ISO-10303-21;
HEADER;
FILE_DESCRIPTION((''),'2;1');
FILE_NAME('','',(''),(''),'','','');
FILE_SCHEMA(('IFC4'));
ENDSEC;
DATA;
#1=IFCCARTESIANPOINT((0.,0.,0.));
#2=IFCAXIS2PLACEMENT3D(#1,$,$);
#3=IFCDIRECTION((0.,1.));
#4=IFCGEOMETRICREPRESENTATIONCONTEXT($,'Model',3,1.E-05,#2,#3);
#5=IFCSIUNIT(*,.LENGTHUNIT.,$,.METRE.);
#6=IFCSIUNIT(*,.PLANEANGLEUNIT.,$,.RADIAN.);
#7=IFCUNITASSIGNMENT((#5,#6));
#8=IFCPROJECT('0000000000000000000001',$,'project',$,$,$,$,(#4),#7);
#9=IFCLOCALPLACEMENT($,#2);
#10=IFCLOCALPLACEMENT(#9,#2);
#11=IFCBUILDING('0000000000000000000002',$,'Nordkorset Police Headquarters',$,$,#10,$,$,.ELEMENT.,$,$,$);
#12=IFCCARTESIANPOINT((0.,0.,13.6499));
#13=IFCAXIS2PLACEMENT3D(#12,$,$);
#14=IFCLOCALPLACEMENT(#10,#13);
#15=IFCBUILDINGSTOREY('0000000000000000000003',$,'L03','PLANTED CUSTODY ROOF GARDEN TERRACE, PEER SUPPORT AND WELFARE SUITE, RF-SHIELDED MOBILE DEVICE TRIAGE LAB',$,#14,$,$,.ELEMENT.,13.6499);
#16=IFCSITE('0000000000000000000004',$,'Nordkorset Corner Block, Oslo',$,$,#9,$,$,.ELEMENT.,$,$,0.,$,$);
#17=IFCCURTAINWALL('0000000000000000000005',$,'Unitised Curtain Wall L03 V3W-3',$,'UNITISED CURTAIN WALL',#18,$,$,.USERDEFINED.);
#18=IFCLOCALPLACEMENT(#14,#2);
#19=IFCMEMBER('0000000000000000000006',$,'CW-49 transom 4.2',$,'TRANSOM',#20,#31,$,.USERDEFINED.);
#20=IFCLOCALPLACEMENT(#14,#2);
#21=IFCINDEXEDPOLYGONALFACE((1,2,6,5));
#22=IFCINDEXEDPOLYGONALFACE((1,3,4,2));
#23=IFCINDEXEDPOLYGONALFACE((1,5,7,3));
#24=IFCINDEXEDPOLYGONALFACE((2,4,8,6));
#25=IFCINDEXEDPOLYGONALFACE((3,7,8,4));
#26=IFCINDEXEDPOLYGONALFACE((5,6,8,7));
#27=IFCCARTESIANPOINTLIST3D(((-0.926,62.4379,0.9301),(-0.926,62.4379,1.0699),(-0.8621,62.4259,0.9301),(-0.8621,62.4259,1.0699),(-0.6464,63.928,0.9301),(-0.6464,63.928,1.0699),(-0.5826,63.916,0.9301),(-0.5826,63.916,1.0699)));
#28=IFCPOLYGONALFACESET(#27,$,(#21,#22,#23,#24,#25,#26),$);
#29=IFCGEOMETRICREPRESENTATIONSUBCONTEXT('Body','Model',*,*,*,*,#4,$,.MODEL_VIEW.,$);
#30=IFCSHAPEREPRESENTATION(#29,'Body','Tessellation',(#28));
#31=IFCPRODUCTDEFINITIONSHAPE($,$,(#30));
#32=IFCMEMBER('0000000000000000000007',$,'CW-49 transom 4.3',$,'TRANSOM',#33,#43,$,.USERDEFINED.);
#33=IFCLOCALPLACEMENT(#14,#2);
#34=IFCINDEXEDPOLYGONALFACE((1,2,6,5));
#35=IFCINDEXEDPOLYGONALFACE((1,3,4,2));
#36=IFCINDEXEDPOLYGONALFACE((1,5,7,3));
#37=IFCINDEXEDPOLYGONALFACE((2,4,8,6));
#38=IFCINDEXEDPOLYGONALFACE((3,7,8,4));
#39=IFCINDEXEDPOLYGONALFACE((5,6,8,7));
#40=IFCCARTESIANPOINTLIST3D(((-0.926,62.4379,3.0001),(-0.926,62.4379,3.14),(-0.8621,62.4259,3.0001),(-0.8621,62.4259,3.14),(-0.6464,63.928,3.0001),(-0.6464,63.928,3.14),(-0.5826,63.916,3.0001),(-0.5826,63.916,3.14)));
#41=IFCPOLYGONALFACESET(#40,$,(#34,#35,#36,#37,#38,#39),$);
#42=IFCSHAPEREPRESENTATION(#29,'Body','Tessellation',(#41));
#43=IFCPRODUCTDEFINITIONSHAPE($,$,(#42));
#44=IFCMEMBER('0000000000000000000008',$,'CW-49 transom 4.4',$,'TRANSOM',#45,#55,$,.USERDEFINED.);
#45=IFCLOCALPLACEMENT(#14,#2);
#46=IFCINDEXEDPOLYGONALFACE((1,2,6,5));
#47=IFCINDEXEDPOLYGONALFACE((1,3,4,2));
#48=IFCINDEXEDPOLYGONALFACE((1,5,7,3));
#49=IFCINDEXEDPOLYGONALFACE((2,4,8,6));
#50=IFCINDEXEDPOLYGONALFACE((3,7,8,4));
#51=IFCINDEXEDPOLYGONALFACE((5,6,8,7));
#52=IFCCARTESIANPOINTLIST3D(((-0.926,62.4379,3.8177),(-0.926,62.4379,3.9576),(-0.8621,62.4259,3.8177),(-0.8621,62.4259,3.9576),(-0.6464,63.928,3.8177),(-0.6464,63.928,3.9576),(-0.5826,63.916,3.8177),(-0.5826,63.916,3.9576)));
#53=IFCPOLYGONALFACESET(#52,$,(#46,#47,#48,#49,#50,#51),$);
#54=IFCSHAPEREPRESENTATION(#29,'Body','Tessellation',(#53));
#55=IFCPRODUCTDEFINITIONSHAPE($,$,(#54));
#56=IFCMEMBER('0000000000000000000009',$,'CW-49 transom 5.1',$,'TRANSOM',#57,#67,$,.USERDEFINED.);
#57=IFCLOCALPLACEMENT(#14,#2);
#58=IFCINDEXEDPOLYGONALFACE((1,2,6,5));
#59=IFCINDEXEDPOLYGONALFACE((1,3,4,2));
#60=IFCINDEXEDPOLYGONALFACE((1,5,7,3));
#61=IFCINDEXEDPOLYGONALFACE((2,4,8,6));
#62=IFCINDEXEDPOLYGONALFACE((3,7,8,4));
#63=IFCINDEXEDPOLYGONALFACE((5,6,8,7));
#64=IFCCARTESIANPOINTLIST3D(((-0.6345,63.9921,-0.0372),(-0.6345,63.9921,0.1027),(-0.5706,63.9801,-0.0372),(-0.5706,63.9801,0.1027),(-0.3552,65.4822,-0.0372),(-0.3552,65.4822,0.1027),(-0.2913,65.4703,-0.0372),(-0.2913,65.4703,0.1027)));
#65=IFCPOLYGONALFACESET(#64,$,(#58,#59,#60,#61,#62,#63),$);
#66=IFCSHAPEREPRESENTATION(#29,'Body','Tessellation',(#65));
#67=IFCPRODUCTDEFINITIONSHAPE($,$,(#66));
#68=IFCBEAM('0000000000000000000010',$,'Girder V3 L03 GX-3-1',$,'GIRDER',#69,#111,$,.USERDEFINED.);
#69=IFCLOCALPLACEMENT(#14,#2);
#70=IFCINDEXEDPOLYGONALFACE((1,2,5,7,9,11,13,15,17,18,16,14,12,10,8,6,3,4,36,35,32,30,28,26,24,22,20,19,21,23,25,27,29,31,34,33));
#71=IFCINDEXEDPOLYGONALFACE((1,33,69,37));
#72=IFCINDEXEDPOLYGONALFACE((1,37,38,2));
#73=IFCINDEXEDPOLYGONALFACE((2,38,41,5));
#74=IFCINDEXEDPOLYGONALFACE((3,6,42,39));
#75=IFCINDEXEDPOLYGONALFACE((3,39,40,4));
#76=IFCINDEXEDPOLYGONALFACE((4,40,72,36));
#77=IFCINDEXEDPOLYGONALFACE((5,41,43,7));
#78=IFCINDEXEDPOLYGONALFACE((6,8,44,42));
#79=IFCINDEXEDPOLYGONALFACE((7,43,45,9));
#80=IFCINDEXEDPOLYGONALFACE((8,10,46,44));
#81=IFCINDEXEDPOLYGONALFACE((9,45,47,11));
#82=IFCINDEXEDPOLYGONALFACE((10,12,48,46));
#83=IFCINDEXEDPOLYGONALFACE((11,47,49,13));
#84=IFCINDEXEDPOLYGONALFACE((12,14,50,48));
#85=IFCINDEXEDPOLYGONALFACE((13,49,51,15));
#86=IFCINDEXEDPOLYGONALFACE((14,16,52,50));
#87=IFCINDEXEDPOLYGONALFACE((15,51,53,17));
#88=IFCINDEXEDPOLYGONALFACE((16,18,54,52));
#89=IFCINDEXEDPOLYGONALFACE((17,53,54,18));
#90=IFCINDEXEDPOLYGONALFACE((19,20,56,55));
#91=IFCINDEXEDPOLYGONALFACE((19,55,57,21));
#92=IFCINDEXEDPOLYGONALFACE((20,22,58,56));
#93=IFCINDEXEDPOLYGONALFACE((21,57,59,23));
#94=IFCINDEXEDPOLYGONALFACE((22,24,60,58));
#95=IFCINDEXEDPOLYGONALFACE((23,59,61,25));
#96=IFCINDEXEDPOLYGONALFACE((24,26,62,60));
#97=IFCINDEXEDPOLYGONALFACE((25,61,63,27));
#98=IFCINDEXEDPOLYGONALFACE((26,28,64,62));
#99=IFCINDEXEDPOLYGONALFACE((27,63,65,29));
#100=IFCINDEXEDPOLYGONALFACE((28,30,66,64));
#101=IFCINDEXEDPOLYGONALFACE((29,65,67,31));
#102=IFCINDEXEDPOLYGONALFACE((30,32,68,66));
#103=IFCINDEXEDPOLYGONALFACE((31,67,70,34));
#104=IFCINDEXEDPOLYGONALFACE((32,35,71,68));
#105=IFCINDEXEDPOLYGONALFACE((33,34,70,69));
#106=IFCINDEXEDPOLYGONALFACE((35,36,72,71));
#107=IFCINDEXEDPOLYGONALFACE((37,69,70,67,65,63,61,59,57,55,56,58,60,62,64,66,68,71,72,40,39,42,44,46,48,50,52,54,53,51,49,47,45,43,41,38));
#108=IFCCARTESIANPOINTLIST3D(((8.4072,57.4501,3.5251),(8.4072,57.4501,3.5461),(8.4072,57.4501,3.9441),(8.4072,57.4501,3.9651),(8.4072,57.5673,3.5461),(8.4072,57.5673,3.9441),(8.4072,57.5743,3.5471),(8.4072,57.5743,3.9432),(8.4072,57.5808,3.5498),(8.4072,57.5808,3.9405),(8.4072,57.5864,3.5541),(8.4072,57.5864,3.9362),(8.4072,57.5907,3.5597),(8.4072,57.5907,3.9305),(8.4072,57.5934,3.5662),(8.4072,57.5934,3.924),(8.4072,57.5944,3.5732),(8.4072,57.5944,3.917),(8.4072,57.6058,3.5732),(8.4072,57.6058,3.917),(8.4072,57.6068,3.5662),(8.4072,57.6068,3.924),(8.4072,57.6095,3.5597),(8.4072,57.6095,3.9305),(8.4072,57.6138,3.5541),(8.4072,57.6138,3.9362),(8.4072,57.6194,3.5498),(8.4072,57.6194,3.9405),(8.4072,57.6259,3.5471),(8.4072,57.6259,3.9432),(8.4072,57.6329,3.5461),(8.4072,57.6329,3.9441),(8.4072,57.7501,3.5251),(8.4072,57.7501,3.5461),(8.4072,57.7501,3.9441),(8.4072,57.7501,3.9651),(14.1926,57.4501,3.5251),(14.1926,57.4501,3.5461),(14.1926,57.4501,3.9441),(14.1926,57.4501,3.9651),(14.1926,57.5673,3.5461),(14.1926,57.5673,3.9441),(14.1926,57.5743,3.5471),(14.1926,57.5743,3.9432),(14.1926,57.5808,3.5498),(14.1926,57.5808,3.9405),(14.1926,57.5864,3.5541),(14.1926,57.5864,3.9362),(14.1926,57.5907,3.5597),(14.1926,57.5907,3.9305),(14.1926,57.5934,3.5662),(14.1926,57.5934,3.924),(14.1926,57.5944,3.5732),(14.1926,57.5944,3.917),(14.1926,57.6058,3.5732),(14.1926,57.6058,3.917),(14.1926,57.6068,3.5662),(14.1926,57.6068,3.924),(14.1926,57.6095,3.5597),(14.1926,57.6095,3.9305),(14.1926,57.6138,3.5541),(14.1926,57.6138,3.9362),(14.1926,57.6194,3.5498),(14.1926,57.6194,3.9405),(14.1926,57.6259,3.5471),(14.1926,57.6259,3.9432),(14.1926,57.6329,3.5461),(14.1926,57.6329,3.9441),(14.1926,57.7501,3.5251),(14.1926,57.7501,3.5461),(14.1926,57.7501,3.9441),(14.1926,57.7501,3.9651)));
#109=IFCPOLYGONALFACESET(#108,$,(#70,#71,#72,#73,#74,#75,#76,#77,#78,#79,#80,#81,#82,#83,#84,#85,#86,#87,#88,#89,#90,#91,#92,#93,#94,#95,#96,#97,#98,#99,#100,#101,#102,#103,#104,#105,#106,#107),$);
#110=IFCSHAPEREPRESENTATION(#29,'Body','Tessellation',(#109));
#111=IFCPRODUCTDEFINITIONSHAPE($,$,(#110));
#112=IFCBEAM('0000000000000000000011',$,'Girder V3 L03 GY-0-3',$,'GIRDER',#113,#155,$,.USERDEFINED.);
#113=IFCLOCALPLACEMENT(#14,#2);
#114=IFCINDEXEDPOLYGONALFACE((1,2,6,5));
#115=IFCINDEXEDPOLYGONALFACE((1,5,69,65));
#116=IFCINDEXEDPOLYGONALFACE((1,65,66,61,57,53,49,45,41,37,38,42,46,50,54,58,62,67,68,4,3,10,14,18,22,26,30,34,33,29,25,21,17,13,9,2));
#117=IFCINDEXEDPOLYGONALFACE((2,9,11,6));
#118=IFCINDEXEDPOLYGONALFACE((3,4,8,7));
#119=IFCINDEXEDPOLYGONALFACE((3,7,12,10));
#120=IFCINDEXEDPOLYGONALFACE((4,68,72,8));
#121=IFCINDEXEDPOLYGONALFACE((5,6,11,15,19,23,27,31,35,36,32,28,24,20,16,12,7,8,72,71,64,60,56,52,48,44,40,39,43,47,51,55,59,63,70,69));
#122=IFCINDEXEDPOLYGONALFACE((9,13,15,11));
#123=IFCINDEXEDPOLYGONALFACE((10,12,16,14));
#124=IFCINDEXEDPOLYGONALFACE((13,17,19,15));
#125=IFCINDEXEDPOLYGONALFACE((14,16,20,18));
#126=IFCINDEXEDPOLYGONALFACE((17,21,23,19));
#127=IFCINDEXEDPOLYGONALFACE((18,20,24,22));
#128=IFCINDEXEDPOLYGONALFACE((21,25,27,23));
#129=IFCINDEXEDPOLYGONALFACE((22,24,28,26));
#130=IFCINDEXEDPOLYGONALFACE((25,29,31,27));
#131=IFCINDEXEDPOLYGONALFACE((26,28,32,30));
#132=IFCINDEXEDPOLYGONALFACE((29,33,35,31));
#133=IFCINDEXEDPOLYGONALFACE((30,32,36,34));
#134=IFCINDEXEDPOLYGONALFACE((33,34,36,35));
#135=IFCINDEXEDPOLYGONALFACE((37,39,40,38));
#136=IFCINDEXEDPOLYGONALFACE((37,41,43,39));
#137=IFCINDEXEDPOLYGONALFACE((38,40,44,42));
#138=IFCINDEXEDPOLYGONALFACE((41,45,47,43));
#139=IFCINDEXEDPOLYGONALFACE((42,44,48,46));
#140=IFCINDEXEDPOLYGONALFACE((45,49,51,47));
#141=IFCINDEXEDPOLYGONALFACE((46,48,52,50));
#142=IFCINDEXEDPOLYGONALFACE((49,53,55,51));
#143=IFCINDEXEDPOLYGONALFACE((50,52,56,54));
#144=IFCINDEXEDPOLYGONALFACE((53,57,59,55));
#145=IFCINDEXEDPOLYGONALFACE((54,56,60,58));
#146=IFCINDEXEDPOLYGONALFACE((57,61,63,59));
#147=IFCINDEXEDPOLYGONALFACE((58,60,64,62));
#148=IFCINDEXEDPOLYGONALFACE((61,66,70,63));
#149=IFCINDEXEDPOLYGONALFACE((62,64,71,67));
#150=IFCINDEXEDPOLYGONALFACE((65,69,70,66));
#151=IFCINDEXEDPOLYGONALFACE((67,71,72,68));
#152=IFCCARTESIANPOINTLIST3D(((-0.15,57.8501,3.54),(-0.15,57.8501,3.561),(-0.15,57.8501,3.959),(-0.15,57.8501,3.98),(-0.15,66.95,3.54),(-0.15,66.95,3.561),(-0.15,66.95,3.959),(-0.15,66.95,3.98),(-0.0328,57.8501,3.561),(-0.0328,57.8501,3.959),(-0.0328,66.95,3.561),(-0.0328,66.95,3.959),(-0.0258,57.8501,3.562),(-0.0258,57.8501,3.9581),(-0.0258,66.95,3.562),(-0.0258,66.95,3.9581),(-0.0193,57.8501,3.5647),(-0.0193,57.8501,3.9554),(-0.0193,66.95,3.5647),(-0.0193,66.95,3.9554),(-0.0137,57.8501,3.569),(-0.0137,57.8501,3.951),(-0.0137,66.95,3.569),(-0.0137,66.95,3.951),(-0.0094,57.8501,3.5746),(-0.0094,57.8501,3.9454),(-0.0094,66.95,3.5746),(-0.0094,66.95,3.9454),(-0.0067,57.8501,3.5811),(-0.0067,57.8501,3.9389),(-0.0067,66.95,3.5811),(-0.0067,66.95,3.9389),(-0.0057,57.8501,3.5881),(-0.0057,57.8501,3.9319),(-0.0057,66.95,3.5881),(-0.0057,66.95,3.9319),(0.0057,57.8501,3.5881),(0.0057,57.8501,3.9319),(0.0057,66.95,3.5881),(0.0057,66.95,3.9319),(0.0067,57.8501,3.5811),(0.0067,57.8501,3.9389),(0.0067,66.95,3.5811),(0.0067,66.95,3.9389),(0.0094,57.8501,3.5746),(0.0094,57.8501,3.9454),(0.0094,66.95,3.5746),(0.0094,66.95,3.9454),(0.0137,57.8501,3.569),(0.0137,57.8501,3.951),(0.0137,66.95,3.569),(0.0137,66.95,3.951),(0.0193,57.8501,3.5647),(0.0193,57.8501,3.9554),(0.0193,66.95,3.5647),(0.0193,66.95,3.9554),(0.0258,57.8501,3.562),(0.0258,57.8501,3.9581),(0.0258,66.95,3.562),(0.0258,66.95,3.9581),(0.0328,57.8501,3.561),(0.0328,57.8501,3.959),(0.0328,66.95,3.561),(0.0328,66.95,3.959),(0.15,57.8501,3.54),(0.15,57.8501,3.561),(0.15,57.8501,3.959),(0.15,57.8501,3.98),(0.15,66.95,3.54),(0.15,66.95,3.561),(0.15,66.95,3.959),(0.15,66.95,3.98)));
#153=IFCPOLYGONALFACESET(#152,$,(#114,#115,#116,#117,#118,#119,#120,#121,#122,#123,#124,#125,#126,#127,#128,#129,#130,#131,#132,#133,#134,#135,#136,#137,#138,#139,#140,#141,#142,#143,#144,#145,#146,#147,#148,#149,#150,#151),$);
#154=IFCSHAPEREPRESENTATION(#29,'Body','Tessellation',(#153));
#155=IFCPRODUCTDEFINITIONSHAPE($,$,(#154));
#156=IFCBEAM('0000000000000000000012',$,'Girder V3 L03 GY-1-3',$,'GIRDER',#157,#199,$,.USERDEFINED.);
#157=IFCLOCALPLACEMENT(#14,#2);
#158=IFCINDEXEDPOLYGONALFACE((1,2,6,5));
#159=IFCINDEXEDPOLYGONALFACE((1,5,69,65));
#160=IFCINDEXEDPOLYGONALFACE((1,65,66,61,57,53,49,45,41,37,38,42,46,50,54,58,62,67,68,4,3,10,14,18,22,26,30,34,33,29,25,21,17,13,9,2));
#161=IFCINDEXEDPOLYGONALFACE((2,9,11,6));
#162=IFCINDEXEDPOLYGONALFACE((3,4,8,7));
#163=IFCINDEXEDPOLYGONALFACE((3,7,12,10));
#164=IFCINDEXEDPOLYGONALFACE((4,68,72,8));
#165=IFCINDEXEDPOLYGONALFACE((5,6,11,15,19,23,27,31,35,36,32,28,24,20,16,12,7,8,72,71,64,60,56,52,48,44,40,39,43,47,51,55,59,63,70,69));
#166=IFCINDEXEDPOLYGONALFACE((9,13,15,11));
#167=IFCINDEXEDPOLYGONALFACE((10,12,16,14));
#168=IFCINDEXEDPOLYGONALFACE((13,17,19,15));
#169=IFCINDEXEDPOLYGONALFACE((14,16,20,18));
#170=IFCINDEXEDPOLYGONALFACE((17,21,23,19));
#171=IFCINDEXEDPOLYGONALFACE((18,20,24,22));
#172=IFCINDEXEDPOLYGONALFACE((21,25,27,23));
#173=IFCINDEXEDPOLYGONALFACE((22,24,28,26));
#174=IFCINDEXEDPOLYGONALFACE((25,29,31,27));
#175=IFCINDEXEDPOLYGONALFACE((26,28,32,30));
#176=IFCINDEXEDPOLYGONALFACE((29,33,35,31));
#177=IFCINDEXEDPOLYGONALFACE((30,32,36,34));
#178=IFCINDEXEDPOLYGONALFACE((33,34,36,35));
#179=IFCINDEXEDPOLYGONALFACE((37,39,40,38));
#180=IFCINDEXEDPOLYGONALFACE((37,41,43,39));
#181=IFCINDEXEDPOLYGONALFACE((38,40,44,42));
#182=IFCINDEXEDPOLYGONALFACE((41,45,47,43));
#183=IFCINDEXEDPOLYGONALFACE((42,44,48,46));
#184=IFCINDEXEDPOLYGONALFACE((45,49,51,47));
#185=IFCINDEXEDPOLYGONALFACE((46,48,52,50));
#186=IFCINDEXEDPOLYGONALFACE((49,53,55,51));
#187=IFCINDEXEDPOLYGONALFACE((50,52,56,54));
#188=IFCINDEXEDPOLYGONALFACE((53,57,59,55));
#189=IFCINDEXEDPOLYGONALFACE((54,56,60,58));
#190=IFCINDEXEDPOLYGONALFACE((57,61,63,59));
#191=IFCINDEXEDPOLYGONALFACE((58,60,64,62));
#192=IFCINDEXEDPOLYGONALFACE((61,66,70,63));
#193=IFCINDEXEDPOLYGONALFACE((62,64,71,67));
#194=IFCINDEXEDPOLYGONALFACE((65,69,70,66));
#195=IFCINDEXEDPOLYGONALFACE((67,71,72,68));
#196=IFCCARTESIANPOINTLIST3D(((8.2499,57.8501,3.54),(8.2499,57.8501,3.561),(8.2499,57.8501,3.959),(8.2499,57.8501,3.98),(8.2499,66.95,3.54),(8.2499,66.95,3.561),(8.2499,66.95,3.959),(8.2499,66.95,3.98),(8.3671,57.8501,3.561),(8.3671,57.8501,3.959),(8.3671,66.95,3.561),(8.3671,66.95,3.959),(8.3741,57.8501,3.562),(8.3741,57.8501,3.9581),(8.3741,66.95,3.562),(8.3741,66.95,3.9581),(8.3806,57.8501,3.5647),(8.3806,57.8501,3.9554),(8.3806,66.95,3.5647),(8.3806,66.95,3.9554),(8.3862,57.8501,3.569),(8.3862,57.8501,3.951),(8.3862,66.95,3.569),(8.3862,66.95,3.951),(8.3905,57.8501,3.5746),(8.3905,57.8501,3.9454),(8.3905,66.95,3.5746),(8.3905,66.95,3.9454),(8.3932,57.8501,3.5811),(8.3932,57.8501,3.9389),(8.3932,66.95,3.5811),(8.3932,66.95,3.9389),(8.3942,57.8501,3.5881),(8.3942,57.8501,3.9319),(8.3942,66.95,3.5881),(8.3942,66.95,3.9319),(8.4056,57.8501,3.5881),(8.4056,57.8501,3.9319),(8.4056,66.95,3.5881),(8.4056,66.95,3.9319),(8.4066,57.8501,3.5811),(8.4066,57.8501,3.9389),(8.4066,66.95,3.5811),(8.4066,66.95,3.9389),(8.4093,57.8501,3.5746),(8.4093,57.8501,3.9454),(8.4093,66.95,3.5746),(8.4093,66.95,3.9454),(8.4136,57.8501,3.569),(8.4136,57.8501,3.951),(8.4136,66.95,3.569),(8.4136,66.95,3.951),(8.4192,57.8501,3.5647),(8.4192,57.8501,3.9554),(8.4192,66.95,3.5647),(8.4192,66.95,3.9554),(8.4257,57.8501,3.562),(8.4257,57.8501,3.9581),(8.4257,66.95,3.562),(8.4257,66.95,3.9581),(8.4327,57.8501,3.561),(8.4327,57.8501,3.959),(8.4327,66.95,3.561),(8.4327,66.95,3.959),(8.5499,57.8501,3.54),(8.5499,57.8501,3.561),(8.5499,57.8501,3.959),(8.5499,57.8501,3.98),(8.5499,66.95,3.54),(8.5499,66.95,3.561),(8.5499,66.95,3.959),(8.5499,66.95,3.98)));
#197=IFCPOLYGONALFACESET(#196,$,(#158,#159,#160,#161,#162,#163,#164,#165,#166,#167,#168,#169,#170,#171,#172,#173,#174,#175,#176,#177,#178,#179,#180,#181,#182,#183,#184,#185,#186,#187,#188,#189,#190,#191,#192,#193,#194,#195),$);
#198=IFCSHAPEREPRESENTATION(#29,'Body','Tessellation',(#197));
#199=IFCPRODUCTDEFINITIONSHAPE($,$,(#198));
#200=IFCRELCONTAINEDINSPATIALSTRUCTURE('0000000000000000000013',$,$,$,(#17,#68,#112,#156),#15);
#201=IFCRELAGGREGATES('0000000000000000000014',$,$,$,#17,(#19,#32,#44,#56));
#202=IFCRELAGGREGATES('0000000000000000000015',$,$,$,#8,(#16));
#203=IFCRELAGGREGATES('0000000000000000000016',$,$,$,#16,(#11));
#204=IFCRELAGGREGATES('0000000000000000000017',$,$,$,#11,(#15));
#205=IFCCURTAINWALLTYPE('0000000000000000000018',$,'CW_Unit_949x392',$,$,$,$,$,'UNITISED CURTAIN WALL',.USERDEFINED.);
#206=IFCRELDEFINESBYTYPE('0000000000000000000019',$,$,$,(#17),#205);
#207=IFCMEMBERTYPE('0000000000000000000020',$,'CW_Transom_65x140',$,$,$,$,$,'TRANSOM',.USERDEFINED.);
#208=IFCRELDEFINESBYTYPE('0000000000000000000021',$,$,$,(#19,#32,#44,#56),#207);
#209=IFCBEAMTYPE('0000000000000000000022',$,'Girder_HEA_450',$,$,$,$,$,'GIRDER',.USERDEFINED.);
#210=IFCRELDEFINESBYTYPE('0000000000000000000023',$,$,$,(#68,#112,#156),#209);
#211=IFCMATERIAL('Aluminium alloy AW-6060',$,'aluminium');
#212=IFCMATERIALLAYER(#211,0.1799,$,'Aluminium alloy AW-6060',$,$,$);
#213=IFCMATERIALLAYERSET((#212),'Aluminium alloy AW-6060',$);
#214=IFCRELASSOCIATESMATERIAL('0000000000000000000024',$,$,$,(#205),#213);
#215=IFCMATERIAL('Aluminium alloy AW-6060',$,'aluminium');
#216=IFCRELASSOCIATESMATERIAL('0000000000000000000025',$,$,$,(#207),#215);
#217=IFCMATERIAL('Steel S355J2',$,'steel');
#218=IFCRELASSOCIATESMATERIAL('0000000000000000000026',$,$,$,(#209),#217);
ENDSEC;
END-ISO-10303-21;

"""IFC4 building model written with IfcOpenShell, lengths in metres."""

from ifc_helpers import new_model, si_unit, direction, frame, origin, origin_2d, place, context, subcontext, project, spatial, rectangle, i_section, extrude, material, layer, layer_set, material_profile, profile_set, type_object, element, aggregate, save


model = new_model("IFC4")

# Units and contexts
model_context = context("Model", 3, precision=1e-05, world=origin(), true_north=direction((0.0, 1.0)))
body_context = subcontext(model_context, "Body", "Model", "MODEL_VIEW")
ifc_project = project(units=[si_unit("LENGTHUNIT", "METRE"), si_unit("PLANEANGLEUNIT", "RADIAN")], contexts=[model_context])

# Site, building, storey
site_placement = place(None, origin())
site = spatial("IfcSite", under=ifc_project, at=site_placement, Name="Nordkorset Corner Block, Oslo", CompositionType="ELEMENT", RefElevation=0.0)
building_placement = place(site_placement, origin())
building = spatial("IfcBuilding", under=site, at=building_placement, Name="Nordkorset Police Headquarters", CompositionType="ELEMENT")
storey_placement = place(building_placement, frame((0.0, 0.0, 13.6499)))
storey = spatial("IfcBuildingStorey", under=building, at=storey_placement, Name="L03", Description="PLANTED CUSTODY ROOF GARDEN TERRACE, PEER SUPPORT AND WELFARE SUITE, RF-SHIELDED MOBILE DEVICE TRIAGE LAB", CompositionType="ELEMENT", Elevation=13.6499)

# Curtain wall, members
ifc_material_1 = material(Name="Aluminium alloy AW-6060", Category="aluminium")
ifc_layer_1 = layer(ifc_material_1, 0.1799, Name="Aluminium alloy AW-6060")
ifc_layer_set_1 = layer_set([ifc_layer_1], Name="Aluminium alloy AW-6060")
curtain_wall_type = type_object("IfcCurtainWallType", Name="CW_Unit_949x392", ElementType="UNITISED CURTAIN WALL", PredefinedType="USERDEFINED", material=ifc_layer_set_1)
curtain_wall_placement = place(storey_placement, origin())
curtain_wall = element("IfcCurtainWall", 1, at=curtain_wall_placement, inside=storey, type_object=curtain_wall_type, Name="Unitised Curtain Wall L03 V3W-3", ObjectType="UNITISED CURTAIN WALL", PredefinedType="USERDEFINED")
ifc_material_2 = material(Name="Aluminium alloy AW-6060", Category="aluminium")
ifc_material_profile_1 = material_profile(ifc_material_2, rectangle(XDim=0.0649, YDim=0.1399, at=origin_2d()), Name="ALU TRAN 65x140")
ifc_profile_set_1 = profile_set([ifc_material_profile_1], Name="Aluminium alloy AW-6060")
member_type_1 = type_object("IfcMemberType", Name="CW_Transom_65x140", ElementType="TRANSOM", PredefinedType="USERDEFINED", material=ifc_profile_set_1)
member_1_placement = place(storey_placement, frame((-0.894, 62.4319, 1.0), z_axis=(0.184366, 0.982858, 0.0), x_axis=(-0.982858, 0.184366, 0.0)))
member_1 = element("IfcMember", 2, at=member_1_placement, type_object=member_type_1, Name="CW-49 transom 4.2", ObjectType="TRANSOM", PredefinedType="USERDEFINED", context=body_context, shape_type="SweptSolid", body=[
    extrude(rectangle(XDim=0.0649, YDim=0.1399, at=origin_2d()), origin(), (0.0, 0.0, 1.0), 1.5161),
])
member_2_placement = place(storey_placement, frame((-0.894, 62.4319, 3.0701), z_axis=(0.184366, 0.982858, 0.0), x_axis=(-0.982858, 0.184366, 0.0)))
member_2 = element("IfcMember", 3, at=member_2_placement, type_object=member_type_1, Name="CW-49 transom 4.3", ObjectType="TRANSOM", PredefinedType="USERDEFINED", context=body_context, shape_type="SweptSolid", body=[
    extrude(rectangle(XDim=0.0649, YDim=0.1399, at=origin_2d()), origin(), (0.0, 0.0, 1.0), 1.5161),
])
member_3_placement = place(storey_placement, frame((-0.894, 62.4319, 3.8877), z_axis=(0.184366, 0.982858, 0.0), x_axis=(-0.982858, 0.184366, 0.0)))
member_3 = element("IfcMember", 4, at=member_3_placement, type_object=member_type_1, Name="CW-49 transom 4.4", ObjectType="TRANSOM", PredefinedType="USERDEFINED", context=body_context, shape_type="SweptSolid", body=[
    extrude(rectangle(XDim=0.0649, YDim=0.1399, at=origin_2d()), origin(), (0.0, 0.0, 1.0), 1.5161),
])
member_4_placement = place(storey_placement, frame((-0.6025, 63.9861, 0.0327), z_axis=(0.184211, 0.982887, 0.0), x_axis=(-0.982887, 0.184211, 0.0)))
member_4 = element("IfcMember", 5, at=member_4_placement, type_object=member_type_1, Name="CW-49 transom 5.1", ObjectType="TRANSOM", PredefinedType="USERDEFINED", context=body_context, shape_type="SweptSolid", body=[
    extrude(rectangle(XDim=0.0649, YDim=0.1399, at=origin_2d()), origin(), (0.0, 0.0, 1.0), 1.5161),
])

# Beams
ifc_material_3 = material(Name="Steel S355J2", Category="steel")
ifc_material_profile_2 = material_profile(ifc_material_3, i_section(OverallWidth=0.3, OverallDepth=0.4399, WebThickness=0.0115, FlangeThickness=0.021, FilletRadius=0.0271, at=origin_2d()), Name="HEA 450")
ifc_profile_set_2 = profile_set([ifc_material_profile_2], Name="Steel S355J2")
beam_type_1 = type_object("IfcBeamType", Name="Girder_HEA_450", ElementType="GIRDER", PredefinedType="USERDEFINED", material=ifc_profile_set_2)
beam_placement = place(storey_placement, frame((8.4072, 57.6001, 3.7451), z_axis=(1.0, 0.0, 0.0), x_axis=(0.0, 1.0, 0.0)))
element("IfcBeam", 6, at=beam_placement, inside=storey, type_object=beam_type_1, Name="Girder V3 L03 GX-3-1", ObjectType="GIRDER", PredefinedType="USERDEFINED", context=body_context, shape_type="SweptSolid", body=[
    extrude(i_section(OverallWidth=0.3, OverallDepth=0.4399, WebThickness=0.0115, FlangeThickness=0.021, FilletRadius=0.0271, at=origin_2d()), origin(), (0.0, 0.0, 1.0), 5.7854),
])
for number, where, z_axis, x_axis, name in (
    (7, (0.0, 57.8501, 3.76), (0.0, 1.0, 0.0), (-1.0, 0.0, 0.0), "Girder V3 L03 GY-0-3"),
    (8, (8.3999, 57.8501, 3.76), (0.0, 1.0, 0.0), (-1.0, 0.0, 0.0), "Girder V3 L03 GY-1-3"),
):
    element("IfcBeam", number, at=place(storey_placement, frame(where, z_axis=z_axis, x_axis=x_axis)), inside=storey, type_object=beam_type_1, Name=name, ObjectType="GIRDER", PredefinedType="USERDEFINED", context=body_context, shape_type="SweptSolid", body=[
        extrude(i_section(OverallWidth=0.3, OverallDepth=0.4399, WebThickness=0.0115, FlangeThickness=0.021, FilletRadius=0.0271, at=origin_2d()), origin(), (0.0, 0.0, 1.0), 9.0999),
    ])

aggregate(curtain_wall, [member_1, member_2, member_3, member_4])

save(model, "model.ifc")
